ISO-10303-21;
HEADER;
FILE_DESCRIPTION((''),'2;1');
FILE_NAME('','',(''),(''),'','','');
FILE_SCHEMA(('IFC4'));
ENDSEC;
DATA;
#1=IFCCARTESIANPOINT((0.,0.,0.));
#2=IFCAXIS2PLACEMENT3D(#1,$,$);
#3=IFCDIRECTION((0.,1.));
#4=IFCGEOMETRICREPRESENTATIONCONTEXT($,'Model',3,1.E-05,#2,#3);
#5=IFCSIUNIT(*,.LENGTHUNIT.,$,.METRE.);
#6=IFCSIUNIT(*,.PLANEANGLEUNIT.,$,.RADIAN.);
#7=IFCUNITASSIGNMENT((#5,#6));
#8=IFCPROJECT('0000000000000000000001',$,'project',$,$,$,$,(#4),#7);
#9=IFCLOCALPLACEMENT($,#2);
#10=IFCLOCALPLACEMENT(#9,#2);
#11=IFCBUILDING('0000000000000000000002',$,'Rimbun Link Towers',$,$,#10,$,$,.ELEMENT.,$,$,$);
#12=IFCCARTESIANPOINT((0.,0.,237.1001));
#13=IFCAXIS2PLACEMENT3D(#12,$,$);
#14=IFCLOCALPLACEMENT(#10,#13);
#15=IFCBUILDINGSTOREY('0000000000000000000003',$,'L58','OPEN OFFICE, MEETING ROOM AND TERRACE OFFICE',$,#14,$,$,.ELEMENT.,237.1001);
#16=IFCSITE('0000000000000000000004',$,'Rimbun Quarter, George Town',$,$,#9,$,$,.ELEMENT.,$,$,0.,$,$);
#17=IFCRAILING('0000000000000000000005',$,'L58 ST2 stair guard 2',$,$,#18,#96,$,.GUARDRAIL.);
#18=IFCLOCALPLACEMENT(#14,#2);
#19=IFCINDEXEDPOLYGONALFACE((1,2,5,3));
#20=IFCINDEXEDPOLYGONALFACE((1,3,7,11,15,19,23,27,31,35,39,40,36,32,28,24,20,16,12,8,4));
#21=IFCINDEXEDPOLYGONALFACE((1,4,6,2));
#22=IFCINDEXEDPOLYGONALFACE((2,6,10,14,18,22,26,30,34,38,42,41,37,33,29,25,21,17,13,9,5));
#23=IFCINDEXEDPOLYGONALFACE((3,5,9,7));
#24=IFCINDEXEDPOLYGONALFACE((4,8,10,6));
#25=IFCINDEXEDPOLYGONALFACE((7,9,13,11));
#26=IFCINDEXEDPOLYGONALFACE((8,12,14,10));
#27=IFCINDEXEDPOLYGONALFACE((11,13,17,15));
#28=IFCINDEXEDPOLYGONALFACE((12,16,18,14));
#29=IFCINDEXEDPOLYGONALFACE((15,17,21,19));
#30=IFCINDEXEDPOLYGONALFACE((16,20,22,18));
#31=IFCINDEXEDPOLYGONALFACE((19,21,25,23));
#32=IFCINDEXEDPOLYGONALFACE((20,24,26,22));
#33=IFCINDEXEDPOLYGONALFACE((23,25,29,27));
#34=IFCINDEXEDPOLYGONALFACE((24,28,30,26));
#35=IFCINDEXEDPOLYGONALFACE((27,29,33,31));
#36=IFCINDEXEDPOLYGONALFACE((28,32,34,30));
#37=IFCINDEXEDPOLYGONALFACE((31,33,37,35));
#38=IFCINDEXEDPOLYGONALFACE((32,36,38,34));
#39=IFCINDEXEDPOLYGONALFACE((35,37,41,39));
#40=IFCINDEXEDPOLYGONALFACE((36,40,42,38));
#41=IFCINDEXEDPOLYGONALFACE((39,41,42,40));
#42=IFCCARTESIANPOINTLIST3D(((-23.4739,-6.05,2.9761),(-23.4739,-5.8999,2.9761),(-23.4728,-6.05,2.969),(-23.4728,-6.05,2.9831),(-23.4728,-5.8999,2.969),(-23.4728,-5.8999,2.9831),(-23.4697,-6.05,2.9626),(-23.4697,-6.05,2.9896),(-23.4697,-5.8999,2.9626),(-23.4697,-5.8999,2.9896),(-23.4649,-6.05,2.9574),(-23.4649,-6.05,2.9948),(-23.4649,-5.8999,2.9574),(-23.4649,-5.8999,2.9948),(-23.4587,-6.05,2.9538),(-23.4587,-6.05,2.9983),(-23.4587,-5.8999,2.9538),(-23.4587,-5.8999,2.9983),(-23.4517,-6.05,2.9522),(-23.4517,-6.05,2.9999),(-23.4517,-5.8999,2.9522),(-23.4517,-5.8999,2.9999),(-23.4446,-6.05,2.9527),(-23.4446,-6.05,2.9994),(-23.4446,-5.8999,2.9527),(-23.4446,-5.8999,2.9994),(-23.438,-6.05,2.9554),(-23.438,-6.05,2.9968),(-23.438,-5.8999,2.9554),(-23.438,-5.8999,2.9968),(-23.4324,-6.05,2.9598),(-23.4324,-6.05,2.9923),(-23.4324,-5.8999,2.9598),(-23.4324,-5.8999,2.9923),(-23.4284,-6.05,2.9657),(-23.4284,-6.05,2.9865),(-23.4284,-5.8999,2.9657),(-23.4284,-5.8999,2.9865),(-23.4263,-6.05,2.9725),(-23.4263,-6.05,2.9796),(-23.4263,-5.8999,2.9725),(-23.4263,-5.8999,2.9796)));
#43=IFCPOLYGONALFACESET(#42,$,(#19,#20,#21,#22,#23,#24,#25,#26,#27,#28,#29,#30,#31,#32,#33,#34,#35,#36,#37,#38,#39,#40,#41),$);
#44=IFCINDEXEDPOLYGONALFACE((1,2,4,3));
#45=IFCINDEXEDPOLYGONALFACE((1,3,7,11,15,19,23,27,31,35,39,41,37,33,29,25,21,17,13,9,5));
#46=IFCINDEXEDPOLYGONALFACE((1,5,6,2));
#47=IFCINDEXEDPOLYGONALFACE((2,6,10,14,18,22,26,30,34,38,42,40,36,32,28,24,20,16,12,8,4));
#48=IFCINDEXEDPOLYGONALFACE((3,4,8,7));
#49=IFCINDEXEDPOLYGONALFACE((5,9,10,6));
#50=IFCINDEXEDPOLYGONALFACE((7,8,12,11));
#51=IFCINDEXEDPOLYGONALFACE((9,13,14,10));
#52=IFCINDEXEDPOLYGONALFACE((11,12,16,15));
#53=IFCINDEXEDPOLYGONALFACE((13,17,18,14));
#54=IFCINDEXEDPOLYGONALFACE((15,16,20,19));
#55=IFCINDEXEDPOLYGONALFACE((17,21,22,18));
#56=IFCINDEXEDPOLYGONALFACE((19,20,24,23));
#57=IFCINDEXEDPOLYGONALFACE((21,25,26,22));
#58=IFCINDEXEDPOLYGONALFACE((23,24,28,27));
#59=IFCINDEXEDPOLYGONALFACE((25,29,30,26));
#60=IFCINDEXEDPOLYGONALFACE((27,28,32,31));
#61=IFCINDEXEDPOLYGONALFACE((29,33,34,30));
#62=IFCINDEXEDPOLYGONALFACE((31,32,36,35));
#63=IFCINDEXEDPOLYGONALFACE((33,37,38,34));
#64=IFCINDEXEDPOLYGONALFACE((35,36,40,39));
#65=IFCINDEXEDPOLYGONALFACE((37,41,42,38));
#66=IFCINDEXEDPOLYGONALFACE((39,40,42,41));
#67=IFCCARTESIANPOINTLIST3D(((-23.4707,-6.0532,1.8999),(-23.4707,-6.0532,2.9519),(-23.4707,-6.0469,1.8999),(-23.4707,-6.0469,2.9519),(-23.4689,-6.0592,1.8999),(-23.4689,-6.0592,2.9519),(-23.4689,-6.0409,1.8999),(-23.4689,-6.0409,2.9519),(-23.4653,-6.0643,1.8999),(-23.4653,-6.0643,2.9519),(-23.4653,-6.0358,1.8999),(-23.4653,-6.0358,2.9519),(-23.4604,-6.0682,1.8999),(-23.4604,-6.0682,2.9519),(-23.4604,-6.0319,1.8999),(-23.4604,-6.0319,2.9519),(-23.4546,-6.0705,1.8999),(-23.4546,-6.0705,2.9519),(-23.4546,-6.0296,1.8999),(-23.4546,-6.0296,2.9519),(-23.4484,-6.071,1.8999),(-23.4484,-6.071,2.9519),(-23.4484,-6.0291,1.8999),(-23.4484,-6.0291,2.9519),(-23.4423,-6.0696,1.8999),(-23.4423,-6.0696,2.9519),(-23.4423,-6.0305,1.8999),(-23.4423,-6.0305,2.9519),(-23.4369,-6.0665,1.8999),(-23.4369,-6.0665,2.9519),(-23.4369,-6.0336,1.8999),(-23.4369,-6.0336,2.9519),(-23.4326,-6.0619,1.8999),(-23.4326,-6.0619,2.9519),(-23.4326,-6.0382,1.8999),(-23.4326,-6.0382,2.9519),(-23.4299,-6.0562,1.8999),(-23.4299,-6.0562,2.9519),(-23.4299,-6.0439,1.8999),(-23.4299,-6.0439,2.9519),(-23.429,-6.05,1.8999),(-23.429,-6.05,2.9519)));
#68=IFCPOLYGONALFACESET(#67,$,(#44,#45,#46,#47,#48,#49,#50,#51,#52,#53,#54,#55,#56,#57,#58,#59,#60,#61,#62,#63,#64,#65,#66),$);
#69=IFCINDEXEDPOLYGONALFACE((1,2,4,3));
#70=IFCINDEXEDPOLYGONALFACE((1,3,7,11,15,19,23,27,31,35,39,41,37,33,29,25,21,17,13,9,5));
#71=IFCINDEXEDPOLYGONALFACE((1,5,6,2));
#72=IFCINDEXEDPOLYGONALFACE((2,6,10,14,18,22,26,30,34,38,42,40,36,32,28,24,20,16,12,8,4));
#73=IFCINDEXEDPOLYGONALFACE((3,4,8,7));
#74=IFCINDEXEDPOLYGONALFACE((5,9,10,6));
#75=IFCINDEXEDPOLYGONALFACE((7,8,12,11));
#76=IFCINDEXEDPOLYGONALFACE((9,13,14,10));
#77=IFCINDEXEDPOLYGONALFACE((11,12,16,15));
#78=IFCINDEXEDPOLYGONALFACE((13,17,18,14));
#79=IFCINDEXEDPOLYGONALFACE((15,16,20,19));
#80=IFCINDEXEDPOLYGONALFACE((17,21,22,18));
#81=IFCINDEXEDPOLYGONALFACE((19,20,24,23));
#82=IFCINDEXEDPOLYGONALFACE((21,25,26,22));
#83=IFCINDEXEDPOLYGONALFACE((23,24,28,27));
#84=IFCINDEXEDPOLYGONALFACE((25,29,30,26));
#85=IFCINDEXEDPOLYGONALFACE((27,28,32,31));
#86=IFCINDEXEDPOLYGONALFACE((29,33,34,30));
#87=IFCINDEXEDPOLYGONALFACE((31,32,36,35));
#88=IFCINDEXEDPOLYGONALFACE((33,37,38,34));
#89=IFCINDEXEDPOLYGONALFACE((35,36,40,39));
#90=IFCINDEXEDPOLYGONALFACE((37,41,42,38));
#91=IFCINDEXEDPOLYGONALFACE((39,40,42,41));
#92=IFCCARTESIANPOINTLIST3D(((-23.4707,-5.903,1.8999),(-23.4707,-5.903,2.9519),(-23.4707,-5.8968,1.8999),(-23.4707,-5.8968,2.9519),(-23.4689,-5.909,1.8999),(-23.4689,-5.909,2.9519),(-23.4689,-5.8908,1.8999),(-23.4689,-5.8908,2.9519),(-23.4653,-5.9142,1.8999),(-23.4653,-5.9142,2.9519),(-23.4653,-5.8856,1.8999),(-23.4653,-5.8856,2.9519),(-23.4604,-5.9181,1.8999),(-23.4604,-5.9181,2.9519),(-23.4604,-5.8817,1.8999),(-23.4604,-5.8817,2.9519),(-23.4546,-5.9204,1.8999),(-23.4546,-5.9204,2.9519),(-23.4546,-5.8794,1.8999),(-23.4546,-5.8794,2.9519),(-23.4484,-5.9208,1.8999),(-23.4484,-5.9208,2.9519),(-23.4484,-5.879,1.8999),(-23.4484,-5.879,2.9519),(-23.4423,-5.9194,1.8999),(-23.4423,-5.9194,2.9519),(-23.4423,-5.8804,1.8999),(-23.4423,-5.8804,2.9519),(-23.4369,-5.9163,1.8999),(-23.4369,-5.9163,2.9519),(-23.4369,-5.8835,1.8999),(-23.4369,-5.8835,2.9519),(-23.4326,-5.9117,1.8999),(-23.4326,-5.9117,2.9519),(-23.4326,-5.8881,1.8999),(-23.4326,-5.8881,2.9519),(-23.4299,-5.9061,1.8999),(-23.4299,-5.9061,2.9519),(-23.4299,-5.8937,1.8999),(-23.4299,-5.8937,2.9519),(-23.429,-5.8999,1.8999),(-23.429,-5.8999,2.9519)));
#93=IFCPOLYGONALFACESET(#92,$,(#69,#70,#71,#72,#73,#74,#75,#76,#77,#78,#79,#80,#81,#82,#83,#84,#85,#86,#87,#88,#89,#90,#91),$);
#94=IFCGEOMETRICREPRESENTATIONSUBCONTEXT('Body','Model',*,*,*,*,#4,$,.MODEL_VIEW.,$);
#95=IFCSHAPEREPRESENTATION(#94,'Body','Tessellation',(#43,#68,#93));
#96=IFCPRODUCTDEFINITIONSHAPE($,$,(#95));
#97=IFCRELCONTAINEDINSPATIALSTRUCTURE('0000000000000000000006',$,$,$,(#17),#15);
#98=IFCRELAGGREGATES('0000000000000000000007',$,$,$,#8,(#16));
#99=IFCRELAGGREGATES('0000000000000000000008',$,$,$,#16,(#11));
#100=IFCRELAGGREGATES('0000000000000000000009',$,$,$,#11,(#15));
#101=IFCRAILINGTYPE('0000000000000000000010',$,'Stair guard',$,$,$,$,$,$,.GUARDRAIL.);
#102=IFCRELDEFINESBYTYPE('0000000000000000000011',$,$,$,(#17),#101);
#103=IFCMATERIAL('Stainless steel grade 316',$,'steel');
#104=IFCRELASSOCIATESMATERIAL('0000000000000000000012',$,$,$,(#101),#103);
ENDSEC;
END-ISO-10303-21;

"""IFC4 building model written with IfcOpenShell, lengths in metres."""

from ifc_helpers import new_model, si_unit, direction, frame, origin, origin_2d, place, context, subcontext, project, spatial, circle, extrude, material, type_object, element, save


model = new_model("IFC4")

# Units and contexts
model_context = context("Model", 3, precision=1e-05, world=origin(), true_north=direction((0.0, 1.0)))
body_context = subcontext(model_context, "Body", "Model", "MODEL_VIEW")
ifc_project = project(units=[si_unit("LENGTHUNIT", "METRE"), si_unit("PLANEANGLEUNIT", "RADIAN")], contexts=[model_context])

# Site, building, storey
site_placement = place(None, origin())
site = spatial("IfcSite", under=ifc_project, at=site_placement, Name="Rimbun Quarter, George Town", CompositionType="ELEMENT", RefElevation=0.0)
building_placement = place(site_placement, origin())
building = spatial("IfcBuilding", under=site, at=building_placement, Name="Rimbun Link Towers", CompositionType="ELEMENT")
storey_placement = place(building_placement, frame((0.0, 0.0, 237.1001)))
storey = spatial("IfcBuildingStorey", under=building, at=storey_placement, Name="L58", Description="OPEN OFFICE, MEETING ROOM AND TERRACE OFFICE", CompositionType="ELEMENT", Elevation=237.1001)

# Railing
ifc_material_1 = material(Name="Stainless steel grade 316", Category="steel")
railing_type_1 = type_object("IfcRailingType", Name="Stair guard", PredefinedType="GUARDRAIL", material=ifc_material_1)
railing_1_placement = place(storey_placement, frame((-23.45, -6.05, 1.8999)))
element("IfcRailing", 1, at=railing_1_placement, inside=storey, type_object=railing_type_1, Name="L58 ST2 stair guard 2", PredefinedType="GUARDRAIL", context=body_context, shape_type="SweptSolid", body=[
    extrude(circle(Radius=0.0239, at=origin_2d()), frame((0.0, 0.0, 1.0762), z_axis=(0.0, 1.0, 0.0), x_axis=(-1.0, 0.0, 0.0)), (0.0, 0.0, 1.0), 0.1501),
    extrude(circle(Radius=0.021, at=origin_2d()), origin(), (0.0, 0.0, 1.0), 1.052),
    extrude(circle(Radius=0.021, at=origin_2d()), frame((0.0, 0.1501, 0.0)), (0.0, 0.0, 1.0), 1.052),
])

save(model, "model.ifc")
